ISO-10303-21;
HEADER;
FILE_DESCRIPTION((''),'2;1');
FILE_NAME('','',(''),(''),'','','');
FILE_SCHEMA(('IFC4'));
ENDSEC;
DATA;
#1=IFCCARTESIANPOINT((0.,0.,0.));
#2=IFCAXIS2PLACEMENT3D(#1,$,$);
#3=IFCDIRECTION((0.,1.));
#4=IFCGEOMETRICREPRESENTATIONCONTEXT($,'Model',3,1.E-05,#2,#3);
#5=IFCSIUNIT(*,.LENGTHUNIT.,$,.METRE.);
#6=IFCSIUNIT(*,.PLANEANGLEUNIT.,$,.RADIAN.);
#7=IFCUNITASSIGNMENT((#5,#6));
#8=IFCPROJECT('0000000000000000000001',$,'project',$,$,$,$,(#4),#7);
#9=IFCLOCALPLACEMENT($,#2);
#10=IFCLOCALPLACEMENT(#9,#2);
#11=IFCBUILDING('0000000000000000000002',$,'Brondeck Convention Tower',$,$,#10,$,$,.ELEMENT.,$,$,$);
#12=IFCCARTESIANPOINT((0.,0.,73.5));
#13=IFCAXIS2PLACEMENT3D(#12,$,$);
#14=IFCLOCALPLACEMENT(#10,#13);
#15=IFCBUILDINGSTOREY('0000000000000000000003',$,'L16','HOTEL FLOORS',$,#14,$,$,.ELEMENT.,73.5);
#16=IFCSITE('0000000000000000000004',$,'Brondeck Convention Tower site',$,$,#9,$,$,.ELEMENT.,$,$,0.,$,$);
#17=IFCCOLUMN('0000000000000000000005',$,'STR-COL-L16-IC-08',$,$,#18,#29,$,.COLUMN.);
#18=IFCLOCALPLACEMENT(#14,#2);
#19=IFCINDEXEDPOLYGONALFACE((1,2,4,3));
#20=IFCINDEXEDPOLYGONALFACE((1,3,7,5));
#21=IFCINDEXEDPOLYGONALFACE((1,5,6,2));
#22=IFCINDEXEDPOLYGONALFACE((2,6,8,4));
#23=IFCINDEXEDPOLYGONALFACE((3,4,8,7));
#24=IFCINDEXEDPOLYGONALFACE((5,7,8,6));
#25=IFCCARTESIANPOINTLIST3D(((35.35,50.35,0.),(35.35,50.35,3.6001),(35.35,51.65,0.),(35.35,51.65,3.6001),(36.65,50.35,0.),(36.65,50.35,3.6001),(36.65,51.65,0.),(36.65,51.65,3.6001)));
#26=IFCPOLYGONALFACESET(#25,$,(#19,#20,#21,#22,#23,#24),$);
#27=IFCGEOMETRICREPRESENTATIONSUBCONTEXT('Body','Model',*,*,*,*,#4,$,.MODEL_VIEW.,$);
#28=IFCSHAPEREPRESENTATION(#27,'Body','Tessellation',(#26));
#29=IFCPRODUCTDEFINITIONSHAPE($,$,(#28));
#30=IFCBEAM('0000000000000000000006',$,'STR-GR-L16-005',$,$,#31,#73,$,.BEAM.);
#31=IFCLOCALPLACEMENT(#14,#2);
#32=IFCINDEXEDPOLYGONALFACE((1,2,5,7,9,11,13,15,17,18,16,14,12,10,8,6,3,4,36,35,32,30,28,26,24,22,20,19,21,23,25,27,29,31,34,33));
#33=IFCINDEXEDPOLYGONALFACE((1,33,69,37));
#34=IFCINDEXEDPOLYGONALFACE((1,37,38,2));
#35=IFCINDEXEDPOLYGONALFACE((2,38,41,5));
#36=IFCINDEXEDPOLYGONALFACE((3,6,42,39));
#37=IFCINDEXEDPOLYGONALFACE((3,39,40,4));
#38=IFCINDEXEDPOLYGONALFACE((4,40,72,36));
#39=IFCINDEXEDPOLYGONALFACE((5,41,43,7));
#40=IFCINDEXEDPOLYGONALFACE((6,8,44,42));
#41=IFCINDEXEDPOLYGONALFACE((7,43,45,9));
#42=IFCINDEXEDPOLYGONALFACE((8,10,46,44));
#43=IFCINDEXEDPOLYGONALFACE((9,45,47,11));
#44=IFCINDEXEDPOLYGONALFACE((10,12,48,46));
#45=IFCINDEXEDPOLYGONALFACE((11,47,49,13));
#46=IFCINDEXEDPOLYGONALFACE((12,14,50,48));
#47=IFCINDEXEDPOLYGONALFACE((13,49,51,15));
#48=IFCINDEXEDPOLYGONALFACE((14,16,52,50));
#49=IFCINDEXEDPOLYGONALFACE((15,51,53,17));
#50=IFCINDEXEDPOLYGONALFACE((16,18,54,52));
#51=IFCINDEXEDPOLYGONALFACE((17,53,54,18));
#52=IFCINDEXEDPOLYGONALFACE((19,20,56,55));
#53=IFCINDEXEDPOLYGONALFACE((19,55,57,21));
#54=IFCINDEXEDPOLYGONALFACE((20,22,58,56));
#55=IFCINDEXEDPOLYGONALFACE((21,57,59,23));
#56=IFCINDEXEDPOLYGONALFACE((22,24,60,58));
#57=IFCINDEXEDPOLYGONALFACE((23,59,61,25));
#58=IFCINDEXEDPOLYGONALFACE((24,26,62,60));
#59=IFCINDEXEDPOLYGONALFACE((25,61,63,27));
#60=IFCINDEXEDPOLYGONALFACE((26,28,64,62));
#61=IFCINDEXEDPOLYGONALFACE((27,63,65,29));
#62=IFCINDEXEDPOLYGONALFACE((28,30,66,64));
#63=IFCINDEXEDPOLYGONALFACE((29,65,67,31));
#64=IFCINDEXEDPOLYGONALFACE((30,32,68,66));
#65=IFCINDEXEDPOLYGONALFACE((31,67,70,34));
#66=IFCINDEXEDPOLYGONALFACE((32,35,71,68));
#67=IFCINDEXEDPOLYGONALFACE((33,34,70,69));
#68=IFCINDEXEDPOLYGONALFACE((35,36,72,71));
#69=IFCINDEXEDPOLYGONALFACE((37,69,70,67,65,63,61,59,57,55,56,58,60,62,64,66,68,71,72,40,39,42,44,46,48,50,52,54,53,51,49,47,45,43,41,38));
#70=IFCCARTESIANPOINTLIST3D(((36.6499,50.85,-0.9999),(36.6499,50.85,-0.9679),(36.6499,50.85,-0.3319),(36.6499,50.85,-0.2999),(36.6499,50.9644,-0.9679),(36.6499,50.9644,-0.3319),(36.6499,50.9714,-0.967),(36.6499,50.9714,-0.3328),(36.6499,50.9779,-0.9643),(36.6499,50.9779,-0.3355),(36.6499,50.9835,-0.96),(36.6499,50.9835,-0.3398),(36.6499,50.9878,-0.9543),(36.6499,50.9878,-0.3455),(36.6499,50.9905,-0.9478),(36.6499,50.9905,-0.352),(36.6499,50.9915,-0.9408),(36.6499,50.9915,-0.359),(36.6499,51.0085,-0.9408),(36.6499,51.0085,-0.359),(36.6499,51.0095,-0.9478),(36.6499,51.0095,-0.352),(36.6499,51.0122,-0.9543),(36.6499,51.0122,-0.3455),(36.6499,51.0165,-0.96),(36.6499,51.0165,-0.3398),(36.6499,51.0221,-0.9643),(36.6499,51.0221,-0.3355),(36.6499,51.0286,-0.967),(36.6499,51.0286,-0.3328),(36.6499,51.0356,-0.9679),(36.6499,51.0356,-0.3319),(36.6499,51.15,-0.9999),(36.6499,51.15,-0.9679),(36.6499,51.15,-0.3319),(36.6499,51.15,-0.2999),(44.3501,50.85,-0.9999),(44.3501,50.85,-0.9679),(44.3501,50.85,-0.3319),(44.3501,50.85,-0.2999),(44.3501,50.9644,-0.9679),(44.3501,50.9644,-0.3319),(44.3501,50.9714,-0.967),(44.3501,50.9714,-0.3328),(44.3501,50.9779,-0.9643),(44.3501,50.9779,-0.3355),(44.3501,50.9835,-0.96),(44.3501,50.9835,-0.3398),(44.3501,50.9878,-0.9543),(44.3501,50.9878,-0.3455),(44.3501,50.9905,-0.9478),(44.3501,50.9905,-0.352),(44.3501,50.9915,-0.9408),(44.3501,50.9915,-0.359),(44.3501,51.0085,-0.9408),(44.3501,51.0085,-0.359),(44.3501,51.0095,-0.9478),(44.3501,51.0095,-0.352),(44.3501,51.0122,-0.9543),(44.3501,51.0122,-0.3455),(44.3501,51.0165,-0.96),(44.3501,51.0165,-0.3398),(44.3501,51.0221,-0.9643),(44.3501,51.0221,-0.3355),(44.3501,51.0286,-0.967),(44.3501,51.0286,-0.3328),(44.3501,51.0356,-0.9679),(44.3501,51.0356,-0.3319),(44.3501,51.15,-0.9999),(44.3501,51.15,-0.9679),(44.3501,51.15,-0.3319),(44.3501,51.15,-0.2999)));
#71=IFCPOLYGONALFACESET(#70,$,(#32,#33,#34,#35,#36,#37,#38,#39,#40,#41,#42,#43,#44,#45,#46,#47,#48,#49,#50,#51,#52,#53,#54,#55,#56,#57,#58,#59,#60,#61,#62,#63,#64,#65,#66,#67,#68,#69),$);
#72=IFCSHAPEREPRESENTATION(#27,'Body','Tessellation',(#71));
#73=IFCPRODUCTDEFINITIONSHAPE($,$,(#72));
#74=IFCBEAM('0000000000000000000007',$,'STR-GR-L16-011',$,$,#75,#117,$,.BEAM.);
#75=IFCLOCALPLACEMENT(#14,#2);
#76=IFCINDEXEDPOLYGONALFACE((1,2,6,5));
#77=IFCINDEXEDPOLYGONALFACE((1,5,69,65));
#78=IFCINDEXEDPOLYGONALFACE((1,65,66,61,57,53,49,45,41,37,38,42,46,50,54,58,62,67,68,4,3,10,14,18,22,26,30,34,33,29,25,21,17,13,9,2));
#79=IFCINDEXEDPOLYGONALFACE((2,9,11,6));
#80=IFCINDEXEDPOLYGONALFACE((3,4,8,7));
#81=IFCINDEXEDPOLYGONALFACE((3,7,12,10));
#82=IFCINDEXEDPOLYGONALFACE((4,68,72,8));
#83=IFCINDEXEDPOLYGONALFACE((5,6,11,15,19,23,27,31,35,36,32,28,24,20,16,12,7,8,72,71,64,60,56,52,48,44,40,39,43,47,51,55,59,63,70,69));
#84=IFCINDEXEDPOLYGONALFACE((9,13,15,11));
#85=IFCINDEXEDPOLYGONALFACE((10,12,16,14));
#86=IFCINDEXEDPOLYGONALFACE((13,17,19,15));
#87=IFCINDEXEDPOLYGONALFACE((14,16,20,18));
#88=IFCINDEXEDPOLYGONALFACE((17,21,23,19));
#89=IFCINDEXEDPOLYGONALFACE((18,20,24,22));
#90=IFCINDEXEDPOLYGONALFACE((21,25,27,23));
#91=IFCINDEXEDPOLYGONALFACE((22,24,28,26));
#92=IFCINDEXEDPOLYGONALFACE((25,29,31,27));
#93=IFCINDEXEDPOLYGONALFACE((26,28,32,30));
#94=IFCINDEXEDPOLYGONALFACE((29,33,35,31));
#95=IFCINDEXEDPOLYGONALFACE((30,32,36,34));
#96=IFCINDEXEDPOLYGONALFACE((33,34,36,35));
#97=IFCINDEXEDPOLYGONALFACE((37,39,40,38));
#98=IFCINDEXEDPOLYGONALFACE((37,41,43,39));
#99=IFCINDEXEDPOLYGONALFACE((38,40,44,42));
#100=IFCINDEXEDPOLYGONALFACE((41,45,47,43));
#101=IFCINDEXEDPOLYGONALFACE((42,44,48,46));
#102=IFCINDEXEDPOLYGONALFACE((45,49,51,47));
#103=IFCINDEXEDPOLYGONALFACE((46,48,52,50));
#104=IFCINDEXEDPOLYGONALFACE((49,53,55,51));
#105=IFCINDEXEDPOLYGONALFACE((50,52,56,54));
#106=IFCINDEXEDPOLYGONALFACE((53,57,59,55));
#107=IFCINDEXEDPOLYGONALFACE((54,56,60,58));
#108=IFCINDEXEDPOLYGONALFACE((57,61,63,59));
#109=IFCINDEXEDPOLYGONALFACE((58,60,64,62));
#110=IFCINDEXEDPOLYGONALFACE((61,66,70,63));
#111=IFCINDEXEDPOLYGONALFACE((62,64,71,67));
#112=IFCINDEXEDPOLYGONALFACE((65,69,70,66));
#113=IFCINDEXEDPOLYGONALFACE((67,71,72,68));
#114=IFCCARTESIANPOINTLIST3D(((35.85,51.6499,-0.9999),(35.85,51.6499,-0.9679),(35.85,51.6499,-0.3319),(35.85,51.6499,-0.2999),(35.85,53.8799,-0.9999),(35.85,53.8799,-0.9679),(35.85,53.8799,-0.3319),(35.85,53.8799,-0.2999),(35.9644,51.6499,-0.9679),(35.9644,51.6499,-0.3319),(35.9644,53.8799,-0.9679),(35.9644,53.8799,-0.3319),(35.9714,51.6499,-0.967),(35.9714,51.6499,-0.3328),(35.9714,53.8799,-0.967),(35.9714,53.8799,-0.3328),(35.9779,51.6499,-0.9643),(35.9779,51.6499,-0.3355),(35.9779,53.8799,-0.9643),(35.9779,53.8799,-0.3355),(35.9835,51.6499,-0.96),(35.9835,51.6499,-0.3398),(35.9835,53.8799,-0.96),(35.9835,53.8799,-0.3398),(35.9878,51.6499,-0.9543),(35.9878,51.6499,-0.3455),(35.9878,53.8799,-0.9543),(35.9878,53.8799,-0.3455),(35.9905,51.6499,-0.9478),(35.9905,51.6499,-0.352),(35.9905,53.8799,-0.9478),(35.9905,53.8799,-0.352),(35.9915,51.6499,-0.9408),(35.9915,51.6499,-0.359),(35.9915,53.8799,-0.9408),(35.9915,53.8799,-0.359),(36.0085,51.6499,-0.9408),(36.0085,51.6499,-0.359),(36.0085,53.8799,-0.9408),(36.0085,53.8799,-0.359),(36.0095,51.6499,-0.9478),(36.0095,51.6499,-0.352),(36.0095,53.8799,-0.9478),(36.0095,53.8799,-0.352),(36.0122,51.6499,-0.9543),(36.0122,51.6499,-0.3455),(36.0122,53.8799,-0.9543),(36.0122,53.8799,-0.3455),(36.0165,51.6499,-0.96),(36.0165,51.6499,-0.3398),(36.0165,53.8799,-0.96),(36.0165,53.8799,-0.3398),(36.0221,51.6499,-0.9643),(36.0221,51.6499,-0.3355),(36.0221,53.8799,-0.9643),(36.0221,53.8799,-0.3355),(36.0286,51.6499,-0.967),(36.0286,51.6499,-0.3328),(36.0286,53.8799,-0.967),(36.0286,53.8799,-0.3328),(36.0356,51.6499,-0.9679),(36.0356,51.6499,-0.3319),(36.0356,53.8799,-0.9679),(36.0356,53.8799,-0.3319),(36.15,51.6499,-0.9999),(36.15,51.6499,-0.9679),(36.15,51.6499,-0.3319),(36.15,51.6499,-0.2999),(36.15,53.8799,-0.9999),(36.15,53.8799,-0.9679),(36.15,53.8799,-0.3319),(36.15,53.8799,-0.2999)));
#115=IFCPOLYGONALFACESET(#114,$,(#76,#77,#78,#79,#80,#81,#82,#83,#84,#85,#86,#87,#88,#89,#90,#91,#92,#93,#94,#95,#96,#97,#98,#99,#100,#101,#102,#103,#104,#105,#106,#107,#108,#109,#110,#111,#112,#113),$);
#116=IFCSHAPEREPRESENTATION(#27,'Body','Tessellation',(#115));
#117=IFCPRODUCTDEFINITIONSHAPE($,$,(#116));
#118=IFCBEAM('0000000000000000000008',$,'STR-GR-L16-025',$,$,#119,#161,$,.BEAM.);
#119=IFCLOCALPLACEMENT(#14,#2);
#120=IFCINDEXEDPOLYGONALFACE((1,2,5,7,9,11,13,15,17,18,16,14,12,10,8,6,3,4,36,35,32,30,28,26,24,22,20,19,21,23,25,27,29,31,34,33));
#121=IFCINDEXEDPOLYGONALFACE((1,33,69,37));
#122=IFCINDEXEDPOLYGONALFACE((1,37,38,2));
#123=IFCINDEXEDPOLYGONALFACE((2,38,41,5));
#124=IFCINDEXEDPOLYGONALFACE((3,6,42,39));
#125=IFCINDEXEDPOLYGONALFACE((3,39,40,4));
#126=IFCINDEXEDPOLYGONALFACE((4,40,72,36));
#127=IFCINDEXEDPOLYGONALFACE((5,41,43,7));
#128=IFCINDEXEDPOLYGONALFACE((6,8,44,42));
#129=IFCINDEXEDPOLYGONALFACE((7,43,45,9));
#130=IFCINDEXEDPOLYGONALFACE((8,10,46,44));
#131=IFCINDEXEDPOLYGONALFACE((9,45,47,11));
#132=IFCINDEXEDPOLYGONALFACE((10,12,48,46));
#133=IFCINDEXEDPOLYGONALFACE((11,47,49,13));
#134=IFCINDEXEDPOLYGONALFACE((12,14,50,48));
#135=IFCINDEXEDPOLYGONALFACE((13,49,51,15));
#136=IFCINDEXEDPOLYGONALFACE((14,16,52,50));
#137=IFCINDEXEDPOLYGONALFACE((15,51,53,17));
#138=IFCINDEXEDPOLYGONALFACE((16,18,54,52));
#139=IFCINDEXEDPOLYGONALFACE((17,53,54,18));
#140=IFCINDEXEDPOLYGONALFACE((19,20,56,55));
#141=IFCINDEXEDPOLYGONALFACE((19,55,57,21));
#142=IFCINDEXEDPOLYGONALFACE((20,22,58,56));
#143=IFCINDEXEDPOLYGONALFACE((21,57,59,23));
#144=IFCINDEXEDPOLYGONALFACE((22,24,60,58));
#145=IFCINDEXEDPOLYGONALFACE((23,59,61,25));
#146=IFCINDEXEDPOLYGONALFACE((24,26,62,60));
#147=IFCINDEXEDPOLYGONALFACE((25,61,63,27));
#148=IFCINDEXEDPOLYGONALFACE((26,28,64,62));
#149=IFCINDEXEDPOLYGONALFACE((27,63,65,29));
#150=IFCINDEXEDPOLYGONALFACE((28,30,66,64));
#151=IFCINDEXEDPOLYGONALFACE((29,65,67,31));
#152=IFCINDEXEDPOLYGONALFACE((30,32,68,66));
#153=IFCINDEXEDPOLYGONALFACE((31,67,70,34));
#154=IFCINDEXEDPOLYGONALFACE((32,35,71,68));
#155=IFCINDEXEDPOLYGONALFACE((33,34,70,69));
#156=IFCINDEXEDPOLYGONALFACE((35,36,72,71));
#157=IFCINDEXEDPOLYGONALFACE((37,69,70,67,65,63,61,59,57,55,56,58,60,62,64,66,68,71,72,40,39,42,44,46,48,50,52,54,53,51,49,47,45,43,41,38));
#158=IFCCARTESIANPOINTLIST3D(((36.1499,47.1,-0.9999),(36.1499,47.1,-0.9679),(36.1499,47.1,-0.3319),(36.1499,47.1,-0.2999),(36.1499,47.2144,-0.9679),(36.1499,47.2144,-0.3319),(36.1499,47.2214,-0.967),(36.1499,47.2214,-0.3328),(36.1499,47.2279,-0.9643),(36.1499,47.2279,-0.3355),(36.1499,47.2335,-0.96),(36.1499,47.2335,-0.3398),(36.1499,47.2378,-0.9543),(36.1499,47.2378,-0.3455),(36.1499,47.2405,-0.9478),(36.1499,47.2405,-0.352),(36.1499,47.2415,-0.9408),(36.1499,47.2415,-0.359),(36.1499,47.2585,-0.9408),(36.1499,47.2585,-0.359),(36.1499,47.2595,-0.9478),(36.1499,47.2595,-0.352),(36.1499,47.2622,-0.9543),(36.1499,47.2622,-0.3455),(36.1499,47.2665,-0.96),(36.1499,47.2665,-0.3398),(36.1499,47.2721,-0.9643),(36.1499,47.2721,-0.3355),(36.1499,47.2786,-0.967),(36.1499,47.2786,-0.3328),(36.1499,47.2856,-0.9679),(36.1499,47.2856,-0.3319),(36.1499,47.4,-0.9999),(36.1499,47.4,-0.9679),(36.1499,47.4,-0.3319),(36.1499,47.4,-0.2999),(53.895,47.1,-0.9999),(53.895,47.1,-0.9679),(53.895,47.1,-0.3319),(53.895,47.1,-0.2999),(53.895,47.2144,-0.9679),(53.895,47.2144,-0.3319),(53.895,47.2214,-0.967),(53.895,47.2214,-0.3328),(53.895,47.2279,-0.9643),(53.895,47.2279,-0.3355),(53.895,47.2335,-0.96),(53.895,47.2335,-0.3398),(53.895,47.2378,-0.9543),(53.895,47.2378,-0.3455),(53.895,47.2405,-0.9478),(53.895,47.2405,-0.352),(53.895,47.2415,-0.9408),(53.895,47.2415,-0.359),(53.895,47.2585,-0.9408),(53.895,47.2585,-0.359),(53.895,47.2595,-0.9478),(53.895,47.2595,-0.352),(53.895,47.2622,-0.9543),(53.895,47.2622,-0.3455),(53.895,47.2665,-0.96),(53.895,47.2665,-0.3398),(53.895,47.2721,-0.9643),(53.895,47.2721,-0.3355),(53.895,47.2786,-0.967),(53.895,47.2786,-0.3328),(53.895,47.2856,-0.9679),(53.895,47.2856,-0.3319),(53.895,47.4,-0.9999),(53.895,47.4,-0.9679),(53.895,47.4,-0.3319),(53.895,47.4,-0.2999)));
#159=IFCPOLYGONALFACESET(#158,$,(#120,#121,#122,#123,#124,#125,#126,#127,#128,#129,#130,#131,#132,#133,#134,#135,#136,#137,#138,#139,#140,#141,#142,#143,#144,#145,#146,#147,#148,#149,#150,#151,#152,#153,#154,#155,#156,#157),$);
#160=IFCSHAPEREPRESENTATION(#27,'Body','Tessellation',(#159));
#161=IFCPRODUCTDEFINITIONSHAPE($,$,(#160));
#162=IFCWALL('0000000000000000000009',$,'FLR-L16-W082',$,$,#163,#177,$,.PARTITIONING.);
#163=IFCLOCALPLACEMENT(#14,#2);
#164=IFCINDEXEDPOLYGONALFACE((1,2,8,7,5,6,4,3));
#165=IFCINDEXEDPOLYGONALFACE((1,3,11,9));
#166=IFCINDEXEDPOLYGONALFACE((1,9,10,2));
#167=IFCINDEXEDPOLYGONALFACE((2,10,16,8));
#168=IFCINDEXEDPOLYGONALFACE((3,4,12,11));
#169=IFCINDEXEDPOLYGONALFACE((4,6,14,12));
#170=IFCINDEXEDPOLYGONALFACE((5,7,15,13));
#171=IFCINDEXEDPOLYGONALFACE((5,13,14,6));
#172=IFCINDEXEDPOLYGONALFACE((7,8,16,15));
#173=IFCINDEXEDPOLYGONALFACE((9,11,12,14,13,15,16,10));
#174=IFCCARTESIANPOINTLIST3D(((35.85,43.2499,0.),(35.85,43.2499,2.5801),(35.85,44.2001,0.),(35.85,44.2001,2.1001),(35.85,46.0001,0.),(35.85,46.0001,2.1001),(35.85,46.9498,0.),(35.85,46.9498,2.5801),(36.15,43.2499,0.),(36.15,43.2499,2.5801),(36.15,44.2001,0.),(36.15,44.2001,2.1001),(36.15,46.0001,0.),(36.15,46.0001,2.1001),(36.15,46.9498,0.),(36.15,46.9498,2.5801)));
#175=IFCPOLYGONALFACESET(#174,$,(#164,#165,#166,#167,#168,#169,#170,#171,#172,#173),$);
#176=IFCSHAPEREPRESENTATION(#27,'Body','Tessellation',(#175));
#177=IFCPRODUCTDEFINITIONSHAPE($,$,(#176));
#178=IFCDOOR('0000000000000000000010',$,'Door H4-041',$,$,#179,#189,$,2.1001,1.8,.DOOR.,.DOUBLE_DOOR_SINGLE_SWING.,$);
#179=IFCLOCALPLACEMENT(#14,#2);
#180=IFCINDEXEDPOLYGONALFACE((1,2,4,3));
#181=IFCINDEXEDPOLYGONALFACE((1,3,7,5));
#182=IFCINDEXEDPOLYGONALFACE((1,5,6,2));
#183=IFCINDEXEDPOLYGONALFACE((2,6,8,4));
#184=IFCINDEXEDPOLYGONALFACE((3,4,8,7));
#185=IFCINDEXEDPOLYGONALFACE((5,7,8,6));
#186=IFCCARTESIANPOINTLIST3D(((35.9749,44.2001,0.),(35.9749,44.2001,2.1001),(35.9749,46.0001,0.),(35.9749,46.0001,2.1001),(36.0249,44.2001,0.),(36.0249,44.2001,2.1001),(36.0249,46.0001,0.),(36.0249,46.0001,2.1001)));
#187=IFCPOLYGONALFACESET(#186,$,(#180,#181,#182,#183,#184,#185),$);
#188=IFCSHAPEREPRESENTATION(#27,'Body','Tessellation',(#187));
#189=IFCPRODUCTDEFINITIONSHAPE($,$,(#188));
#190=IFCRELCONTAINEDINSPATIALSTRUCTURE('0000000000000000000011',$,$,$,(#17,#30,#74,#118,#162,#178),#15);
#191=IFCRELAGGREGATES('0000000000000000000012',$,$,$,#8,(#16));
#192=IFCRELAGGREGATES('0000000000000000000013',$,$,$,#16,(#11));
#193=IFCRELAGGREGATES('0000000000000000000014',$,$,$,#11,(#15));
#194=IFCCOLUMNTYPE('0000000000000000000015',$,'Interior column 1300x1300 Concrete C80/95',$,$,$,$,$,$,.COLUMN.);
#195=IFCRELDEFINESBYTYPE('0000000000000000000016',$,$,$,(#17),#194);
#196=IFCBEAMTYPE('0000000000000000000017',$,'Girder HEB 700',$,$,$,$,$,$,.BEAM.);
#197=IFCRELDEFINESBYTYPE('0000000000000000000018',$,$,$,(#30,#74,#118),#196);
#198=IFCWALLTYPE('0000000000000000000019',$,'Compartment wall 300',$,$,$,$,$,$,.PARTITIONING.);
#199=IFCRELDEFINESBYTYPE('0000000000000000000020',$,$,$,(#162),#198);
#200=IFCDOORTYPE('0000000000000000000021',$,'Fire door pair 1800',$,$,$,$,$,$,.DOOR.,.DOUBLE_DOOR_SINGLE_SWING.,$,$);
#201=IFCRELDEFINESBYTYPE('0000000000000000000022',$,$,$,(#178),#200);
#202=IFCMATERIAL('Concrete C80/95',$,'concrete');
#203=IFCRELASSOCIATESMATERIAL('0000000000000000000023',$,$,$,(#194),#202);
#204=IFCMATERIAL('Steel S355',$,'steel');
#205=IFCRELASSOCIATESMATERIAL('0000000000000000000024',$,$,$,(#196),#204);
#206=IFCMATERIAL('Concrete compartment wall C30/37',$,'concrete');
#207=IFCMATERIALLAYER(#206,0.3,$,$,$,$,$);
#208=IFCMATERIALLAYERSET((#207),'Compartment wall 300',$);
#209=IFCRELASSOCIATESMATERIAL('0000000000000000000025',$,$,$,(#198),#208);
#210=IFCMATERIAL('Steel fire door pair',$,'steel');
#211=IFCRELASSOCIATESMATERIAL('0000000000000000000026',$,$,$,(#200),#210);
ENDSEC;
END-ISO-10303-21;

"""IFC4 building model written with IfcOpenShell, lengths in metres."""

from ifc_helpers import new_model, si_unit, direction, frame, frame_2d, origin, origin_2d, place, context, subcontext, project, spatial, rectangle, i_section, extrude, material, layer, layer_set, material_profile, profile_set, type_object, element, fill, save


model = new_model("IFC4")

# Units and contexts
model_context = context("Model", 3, precision=1e-05, world=origin(), true_north=direction((0.0, 1.0)))
body_context = subcontext(model_context, "Body", "Model", "MODEL_VIEW")
ifc_project = project(units=[si_unit("LENGTHUNIT", "METRE"), si_unit("PLANEANGLEUNIT", "RADIAN")], contexts=[model_context])

# Site, building, storey
site_placement = place(None, origin())
site = spatial("IfcSite", under=ifc_project, at=site_placement, Name="Brondeck Convention Tower site", CompositionType="ELEMENT", RefElevation=0.0)
building_placement = place(site_placement, origin())
building = spatial("IfcBuilding", under=site, at=building_placement, Name="Brondeck Convention Tower", CompositionType="ELEMENT")
storey_placement = place(building_placement, frame((0.0, 0.0, 73.5)))
storey = spatial("IfcBuildingStorey", under=building, at=storey_placement, Name="L16", Description="HOTEL FLOORS", CompositionType="ELEMENT", Elevation=73.5)

# Column
ifc_material_1 = material(Name="Concrete C80/95", Category="concrete")
ifc_material_profile_1 = material_profile(ifc_material_1, rectangle(XDim=1.3, YDim=1.3, at=origin_2d()), Name="Interior column 1300x1300 Concrete C80/95")
ifc_profile_set_1 = profile_set([ifc_material_profile_1], Name="Concrete C80/95")
column_type = type_object("IfcColumnType", Name="Interior column 1300x1300 Concrete C80/95", PredefinedType="COLUMN", material=ifc_profile_set_1)
column_placement = place(storey_placement, frame((36.0, 51.0, 0.0), z_axis=(0.0, 0.0, 1.0), x_axis=(1.0, 0.0, 0.0)))
element("IfcColumn", 1, at=column_placement, inside=storey, type_object=column_type, Name="STR-COL-L16-IC-08", PredefinedType="COLUMN", context=body_context, shape_type="SweptSolid", body=[
    extrude(rectangle(XDim=1.3, YDim=1.3, at=origin_2d()), origin(), (0.0, 0.0, 1.0), 3.6001),
])

# Beams
ifc_material_2 = material(Name="Steel S355", Category="steel")
ifc_material_profile_2 = material_profile(ifc_material_2, i_section(OverallWidth=0.3, OverallDepth=0.7, WebThickness=0.0171, FlangeThickness=0.032, FilletRadius=0.0271, at=origin_2d()), Name="HEB 700")
ifc_profile_set_2 = profile_set([ifc_material_profile_2], Name="Steel S355")
beam_type = type_object("IfcBeamType", Name="Girder HEB 700", PredefinedType="BEAM", material=ifc_profile_set_2)
beam_1_placement = place(storey_placement, frame((36.6499, 51.0, -0.6499), z_axis=(1.0, 0.0, 0.0), x_axis=(0.0, 1.0, 0.0)))
element("IfcBeam", 2, at=beam_1_placement, inside=storey, type_object=beam_type, Name="STR-GR-L16-005", PredefinedType="BEAM", context=body_context, shape_type="SweptSolid", body=[
    extrude(i_section(OverallWidth=0.3, OverallDepth=0.7, WebThickness=0.0171, FlangeThickness=0.032, FilletRadius=0.0271, at=origin_2d()), origin(), (0.0, 0.0, 1.0), 7.7002),
])
beam_2_placement = place(storey_placement, frame((36.0, 51.6499, -0.6499), z_axis=(0.0, 1.0, 0.0), x_axis=(-1.0, 0.0, 0.0)))
element("IfcBeam", 3, at=beam_2_placement, inside=storey, type_object=beam_type, Name="STR-GR-L16-011", PredefinedType="BEAM", context=body_context, shape_type="SweptSolid", body=[
    extrude(i_section(OverallWidth=0.3, OverallDepth=0.7, WebThickness=0.0171, FlangeThickness=0.032, FilletRadius=0.0271, at=origin_2d()), origin(), (0.0, 0.0, 1.0), 2.23),
])
beam_3_placement = place(storey_placement, frame((36.1499, 47.25, -0.6499), z_axis=(1.0, 0.0, 0.0), x_axis=(0.0, 1.0, 0.0)))
element("IfcBeam", 4, at=beam_3_placement, inside=storey, type_object=beam_type, Name="STR-GR-L16-025", PredefinedType="BEAM", context=body_context, shape_type="SweptSolid", body=[
    extrude(i_section(OverallWidth=0.3, OverallDepth=0.7, WebThickness=0.0171, FlangeThickness=0.032, FilletRadius=0.0271, at=origin_2d()), origin(), (0.0, 0.0, 1.0), 17.7451),
])

# Wall, opening, door
ifc_material_3 = material(Name="Concrete compartment wall C30/37", Category="concrete")
ifc_layer_1 = layer(ifc_material_3, 0.3)
ifc_layer_set_1 = layer_set([ifc_layer_1], Name="Compartment wall 300")
wall_type_1 = type_object("IfcWallType", Name="Compartment wall 300", PredefinedType="PARTITIONING", material=ifc_layer_set_1)
wall_1_placement = place(storey_placement, frame((36.0, 46.95, 0.0), z_axis=(0.0, 0.0, 1.0), x_axis=(0.0, -1.0, 0.0)))
wall_1 = element("IfcWall", 5, at=wall_1_placement, inside=storey, type_object=wall_type_1, Name="FLR-L16-W082", PredefinedType="PARTITIONING", context=body_context, shape_type="SweptSolid", body=[
    extrude(rectangle(XDim=3.7, YDim=0.3, at=frame_2d((1.8501, 0.0))), origin(), (0.0, 0.0, 1.0), 2.5801),
])
opening_1_placement = place(wall_1_placement, frame((0.95, 0.0, 0.0)))
opening_1 = element("IfcOpeningElement", 6, at=opening_1_placement, cuts=wall_1, PredefinedType="OPENING", context=body_context, shape_type="SweptSolid", body=[
    extrude(rectangle(XDim=1.8, YDim=2.1001, at=frame_2d((0.8999, 1.05))), frame((0.0, 0.1599, 0.0), z_axis=(0.0, -1.0, 0.0), x_axis=(1.0, 0.0, 0.0)), (0.0, 0.0, 1.0), 0.3201),
])
ifc_material_4 = material(Name="Steel fire door pair", Category="steel")
door_type_1 = type_object("IfcDoorType", Name="Fire door pair 1800", OperationType="DOUBLE_DOOR_SINGLE_SWING", PredefinedType="DOOR", material=ifc_material_4)
door_1_placement = place(opening_1_placement, origin())
door_1 = element("IfcDoor", 7, at=door_1_placement, inside=storey, type_object=door_type_1, Name="Door H4-041", OperationType="DOUBLE_DOOR_SINGLE_SWING", OverallHeight=2.1001, OverallWidth=1.8, PredefinedType="DOOR", context=body_context, shape_type="SweptSolid", body=[
    extrude(rectangle(XDim=1.8, YDim=2.1001, at=frame_2d((0.8999, 1.05))), frame((0.0, 0.0249, 0.0), z_axis=(0.0, -1.0, 0.0), x_axis=(1.0, 0.0, 0.0)), (0.0, 0.0, 1.0), 0.05),
])
fill(opening_1, door_1)

save(model, "model.ifc")
